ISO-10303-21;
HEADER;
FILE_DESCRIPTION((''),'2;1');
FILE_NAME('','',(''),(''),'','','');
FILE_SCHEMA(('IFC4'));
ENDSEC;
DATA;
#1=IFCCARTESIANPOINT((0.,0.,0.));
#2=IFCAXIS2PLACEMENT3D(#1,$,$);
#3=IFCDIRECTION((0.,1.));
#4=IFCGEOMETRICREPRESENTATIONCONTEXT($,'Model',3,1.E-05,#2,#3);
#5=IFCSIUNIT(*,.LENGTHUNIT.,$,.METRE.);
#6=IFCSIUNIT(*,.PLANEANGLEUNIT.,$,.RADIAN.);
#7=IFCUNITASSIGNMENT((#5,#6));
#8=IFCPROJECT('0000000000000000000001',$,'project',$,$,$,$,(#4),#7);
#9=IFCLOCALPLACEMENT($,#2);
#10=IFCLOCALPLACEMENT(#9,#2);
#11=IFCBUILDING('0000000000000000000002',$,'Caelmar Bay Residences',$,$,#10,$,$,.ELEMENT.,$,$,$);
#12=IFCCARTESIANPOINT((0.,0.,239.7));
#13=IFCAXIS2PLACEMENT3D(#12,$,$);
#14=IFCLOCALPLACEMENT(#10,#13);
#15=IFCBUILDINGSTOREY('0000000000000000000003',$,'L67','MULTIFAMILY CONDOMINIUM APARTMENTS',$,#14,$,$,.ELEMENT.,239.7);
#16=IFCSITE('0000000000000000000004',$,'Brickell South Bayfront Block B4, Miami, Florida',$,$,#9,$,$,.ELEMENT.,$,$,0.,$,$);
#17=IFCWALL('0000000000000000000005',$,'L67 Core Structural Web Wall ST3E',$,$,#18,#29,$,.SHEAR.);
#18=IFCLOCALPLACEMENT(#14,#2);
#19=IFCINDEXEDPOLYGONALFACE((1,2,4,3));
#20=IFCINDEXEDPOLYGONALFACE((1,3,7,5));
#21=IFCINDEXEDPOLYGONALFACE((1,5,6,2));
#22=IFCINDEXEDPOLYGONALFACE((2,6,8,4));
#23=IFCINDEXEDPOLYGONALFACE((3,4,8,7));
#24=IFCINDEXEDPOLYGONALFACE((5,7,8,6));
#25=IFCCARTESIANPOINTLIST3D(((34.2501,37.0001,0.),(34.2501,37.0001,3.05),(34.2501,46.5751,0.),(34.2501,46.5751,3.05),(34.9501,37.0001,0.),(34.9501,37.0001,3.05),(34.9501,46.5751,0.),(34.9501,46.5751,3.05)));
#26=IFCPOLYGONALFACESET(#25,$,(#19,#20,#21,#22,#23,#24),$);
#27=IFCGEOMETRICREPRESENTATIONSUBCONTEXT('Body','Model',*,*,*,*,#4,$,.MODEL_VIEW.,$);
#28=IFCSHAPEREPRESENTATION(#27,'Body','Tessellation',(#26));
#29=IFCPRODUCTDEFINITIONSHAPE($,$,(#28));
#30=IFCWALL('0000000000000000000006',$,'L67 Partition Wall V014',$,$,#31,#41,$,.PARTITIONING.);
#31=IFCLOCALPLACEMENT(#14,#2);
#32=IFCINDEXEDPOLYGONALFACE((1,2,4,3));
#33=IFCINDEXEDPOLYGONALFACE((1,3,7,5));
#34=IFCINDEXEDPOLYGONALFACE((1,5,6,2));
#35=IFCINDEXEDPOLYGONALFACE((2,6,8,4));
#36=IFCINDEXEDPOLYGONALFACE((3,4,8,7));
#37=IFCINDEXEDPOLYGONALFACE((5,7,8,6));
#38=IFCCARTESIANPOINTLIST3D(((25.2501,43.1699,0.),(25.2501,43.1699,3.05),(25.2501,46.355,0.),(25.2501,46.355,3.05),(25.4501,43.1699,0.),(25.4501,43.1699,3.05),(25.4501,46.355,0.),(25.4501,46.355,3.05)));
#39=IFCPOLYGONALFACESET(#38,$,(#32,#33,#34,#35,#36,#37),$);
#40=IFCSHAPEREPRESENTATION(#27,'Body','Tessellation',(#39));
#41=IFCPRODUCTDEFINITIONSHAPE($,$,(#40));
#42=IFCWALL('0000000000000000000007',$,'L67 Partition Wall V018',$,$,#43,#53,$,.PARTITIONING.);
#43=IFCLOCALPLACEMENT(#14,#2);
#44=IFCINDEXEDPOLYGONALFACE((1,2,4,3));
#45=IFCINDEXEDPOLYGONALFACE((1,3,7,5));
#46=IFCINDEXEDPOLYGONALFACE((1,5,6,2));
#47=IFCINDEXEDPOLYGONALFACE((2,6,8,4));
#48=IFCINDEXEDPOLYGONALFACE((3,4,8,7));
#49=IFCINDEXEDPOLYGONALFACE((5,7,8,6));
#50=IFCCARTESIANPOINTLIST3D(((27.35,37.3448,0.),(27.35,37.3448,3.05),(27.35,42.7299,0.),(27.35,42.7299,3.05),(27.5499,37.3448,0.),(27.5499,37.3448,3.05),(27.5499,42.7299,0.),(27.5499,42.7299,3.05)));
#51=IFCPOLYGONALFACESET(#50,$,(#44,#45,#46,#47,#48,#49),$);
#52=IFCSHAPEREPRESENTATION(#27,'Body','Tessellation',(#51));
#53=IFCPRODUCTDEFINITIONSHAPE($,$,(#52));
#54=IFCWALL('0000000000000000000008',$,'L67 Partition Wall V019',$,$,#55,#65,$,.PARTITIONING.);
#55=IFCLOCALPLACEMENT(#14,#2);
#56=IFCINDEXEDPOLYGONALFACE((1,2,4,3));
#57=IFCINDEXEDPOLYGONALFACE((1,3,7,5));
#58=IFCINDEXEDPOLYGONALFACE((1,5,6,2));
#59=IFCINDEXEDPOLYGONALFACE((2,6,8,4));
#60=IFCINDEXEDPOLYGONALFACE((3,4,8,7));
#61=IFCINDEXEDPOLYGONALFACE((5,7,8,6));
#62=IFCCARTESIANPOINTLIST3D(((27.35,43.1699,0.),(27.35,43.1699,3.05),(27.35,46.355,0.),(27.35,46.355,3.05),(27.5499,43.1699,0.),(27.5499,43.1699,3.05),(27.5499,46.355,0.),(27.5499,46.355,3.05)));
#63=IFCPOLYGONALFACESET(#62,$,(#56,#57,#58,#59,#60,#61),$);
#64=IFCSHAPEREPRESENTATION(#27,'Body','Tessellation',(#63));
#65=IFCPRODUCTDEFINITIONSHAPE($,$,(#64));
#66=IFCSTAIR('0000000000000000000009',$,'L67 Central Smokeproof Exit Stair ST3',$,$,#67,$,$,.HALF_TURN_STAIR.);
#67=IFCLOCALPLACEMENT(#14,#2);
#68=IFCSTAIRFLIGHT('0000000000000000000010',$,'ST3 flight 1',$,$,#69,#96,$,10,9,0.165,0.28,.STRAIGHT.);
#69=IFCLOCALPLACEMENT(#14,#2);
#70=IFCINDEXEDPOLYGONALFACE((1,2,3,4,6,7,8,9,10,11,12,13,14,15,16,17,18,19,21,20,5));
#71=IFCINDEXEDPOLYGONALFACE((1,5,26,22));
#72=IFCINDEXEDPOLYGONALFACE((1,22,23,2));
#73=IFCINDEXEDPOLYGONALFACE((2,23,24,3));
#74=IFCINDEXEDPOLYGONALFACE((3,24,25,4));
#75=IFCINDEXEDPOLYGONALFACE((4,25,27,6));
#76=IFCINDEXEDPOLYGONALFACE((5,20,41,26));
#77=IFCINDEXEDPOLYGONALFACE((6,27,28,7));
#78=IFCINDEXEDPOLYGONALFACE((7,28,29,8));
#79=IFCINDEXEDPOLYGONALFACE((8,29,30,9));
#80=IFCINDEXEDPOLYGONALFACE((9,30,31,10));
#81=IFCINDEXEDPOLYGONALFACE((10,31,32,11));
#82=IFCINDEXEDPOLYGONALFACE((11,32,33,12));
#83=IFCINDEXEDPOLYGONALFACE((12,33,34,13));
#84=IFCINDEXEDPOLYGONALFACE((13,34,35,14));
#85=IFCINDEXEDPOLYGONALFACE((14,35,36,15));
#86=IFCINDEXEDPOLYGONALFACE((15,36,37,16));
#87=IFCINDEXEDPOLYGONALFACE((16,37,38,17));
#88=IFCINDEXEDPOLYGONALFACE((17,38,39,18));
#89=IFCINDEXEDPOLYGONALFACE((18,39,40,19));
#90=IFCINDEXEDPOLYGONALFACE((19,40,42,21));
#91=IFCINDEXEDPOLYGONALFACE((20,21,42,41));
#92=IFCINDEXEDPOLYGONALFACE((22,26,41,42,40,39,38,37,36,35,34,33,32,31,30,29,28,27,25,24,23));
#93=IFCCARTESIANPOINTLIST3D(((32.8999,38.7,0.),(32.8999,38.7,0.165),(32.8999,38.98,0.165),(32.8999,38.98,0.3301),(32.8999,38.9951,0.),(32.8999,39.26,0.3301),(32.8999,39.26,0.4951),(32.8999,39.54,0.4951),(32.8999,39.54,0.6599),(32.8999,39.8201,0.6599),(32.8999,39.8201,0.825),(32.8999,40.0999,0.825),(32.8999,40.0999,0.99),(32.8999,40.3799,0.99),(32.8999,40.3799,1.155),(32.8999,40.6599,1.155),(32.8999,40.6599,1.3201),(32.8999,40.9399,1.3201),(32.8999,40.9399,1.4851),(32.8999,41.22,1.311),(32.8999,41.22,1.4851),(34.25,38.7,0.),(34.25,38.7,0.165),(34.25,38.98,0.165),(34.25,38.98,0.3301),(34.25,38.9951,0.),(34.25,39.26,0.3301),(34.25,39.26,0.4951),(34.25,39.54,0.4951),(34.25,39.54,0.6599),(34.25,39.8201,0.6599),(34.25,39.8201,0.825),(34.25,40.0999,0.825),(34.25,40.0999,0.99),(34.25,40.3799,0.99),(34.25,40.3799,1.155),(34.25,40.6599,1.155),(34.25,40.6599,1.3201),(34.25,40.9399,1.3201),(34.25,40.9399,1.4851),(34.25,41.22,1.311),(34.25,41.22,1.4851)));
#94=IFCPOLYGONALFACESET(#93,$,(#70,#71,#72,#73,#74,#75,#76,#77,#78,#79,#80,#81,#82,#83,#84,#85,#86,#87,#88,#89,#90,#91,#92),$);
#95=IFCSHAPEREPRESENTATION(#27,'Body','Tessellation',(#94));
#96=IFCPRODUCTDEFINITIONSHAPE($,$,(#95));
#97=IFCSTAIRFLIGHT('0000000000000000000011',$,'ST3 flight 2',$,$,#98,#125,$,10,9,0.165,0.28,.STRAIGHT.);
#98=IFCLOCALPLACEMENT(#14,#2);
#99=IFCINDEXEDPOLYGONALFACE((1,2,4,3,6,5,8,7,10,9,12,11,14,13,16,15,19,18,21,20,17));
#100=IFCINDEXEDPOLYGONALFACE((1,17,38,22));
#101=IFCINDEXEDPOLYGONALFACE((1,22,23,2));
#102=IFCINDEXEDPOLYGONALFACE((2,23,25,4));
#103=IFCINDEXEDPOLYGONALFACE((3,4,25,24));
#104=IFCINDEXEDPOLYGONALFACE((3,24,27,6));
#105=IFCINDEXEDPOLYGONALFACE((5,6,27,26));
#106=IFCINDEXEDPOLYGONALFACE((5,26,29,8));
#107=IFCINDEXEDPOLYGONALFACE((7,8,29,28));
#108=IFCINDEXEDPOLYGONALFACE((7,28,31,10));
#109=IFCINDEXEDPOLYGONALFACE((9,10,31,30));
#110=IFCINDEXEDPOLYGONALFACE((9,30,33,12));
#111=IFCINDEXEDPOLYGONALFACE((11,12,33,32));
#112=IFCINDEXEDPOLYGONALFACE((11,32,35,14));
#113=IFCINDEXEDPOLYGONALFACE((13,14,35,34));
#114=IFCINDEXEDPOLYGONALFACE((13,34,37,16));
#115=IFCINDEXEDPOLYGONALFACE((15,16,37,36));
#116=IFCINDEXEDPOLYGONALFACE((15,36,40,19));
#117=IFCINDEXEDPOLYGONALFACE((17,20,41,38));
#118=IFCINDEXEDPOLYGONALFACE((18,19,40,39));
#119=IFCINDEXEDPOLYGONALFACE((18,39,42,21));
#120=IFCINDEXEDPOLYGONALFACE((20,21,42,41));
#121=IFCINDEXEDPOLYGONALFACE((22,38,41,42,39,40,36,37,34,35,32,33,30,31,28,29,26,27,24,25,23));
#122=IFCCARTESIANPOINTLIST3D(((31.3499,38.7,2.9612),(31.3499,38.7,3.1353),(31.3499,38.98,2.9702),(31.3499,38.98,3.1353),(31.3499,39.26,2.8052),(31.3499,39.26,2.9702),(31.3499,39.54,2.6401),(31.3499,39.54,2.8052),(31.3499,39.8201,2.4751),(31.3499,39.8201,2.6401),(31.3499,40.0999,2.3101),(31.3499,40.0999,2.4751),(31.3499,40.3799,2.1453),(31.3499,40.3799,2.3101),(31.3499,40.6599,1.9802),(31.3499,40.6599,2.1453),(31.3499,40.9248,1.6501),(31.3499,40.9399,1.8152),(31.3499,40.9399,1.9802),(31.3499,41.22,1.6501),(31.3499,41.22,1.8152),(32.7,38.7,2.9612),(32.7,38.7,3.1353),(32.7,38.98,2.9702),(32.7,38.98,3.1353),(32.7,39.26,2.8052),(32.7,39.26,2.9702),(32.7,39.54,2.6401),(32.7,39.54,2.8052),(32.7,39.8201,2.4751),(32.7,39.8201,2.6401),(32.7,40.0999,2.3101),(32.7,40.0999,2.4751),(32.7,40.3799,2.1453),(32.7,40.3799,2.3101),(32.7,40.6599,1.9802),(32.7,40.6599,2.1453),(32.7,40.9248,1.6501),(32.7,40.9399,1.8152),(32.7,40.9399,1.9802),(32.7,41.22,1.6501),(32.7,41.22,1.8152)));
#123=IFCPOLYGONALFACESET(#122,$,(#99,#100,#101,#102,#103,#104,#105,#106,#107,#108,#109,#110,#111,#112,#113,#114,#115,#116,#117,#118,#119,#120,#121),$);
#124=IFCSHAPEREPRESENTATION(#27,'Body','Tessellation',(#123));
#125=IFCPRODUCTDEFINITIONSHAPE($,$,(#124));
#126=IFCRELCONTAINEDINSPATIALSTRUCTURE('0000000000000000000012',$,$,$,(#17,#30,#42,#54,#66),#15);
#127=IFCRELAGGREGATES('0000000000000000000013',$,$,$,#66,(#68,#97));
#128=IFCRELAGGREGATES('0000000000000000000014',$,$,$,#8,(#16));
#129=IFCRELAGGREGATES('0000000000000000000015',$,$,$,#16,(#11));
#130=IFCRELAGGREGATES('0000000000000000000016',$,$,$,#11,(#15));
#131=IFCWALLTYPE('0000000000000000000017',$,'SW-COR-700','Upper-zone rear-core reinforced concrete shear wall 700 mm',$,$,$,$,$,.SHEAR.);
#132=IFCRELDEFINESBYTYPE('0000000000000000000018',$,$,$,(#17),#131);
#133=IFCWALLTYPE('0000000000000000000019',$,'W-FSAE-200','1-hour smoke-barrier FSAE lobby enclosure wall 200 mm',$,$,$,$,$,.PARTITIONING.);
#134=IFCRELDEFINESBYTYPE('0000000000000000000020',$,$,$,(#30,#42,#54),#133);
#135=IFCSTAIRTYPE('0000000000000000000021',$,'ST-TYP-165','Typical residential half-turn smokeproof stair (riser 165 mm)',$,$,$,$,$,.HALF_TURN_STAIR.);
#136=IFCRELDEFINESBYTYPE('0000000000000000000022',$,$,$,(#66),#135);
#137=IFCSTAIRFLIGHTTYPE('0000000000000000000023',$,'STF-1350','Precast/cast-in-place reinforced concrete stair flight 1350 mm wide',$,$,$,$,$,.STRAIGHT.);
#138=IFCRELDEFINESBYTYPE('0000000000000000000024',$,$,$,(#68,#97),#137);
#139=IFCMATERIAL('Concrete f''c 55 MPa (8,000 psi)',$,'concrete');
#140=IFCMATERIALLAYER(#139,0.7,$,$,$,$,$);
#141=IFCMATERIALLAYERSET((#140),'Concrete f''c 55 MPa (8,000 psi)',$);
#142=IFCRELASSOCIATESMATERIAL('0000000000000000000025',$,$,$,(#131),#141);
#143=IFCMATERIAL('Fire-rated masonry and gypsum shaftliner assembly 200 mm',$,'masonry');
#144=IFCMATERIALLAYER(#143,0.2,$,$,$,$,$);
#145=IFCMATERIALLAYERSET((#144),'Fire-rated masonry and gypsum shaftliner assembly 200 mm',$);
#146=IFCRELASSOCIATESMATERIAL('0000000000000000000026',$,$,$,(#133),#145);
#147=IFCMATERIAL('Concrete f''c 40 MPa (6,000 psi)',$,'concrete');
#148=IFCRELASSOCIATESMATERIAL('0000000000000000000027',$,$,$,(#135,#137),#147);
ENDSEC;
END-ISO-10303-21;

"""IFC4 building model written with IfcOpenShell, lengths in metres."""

from ifc_helpers import new_model, si_unit, direction, frame, frame_2d, origin, place, context, subcontext, project, spatial, polyline, rectangle, outline, extrude, material, layer, layer_set, type_object, element, aggregate, save


model = new_model("IFC4")

# Units and contexts
model_context = context("Model", 3, precision=1e-05, world=origin(), true_north=direction((0.0, 1.0)))
body_context = subcontext(model_context, "Body", "Model", "MODEL_VIEW")
ifc_project = project(units=[si_unit("LENGTHUNIT", "METRE"), si_unit("PLANEANGLEUNIT", "RADIAN")], contexts=[model_context])

# Site, building, storey
site_placement = place(None, origin())
site = spatial("IfcSite", under=ifc_project, at=site_placement, Name="Brickell South Bayfront Block B4, Miami, Florida", CompositionType="ELEMENT", RefElevation=0.0)
building_placement = place(site_placement, origin())
building = spatial("IfcBuilding", under=site, at=building_placement, Name="Caelmar Bay Residences", CompositionType="ELEMENT")
storey_placement = place(building_placement, frame((0.0, 0.0, 239.7)))
storey = spatial("IfcBuildingStorey", under=building, at=storey_placement, Name="L67", Description="MULTIFAMILY CONDOMINIUM APARTMENTS", CompositionType="ELEMENT", Elevation=239.7)

# Walls
ifc_material_1 = material(Name="Concrete f'c 55 MPa (8,000 psi)", Category="concrete")
ifc_layer_1 = layer(ifc_material_1, 0.7)
ifc_layer_set_1 = layer_set([ifc_layer_1], Name="Concrete f'c 55 MPa (8,000 psi)")
wall_type_1 = type_object("IfcWallType", Name="SW-COR-700", Description="Upper-zone rear-core reinforced concrete shear wall 700 mm", PredefinedType="SHEAR", material=ifc_layer_set_1)
wall_1_placement = place(storey_placement, frame((34.6001, 37.0, 0.0), z_axis=(0.0, 0.0, 1.0), x_axis=(0.0, 1.0, 0.0)))
element("IfcWall", 1, at=wall_1_placement, inside=storey, type_object=wall_type_1, Name="L67 Core Structural Web Wall ST3E", PredefinedType="SHEAR", context=body_context, shape_type="SweptSolid", body=[
    extrude(rectangle(XDim=9.575, YDim=0.7, at=frame_2d((4.7876, 0.0))), origin(), (0.0, 0.0, 1.0), 3.05),
])
ifc_material_2 = material(Name="Fire-rated masonry and gypsum shaftliner assembly 200 mm", Category="masonry")
ifc_layer_2 = layer(ifc_material_2, 0.2)
ifc_layer_set_2 = layer_set([ifc_layer_2], Name="Fire-rated masonry and gypsum shaftliner assembly 200 mm")
wall_type_2 = type_object("IfcWallType", Name="W-FSAE-200", Description="1-hour smoke-barrier FSAE lobby enclosure wall 200 mm", PredefinedType="PARTITIONING", material=ifc_layer_set_2)
wall_2_placement = place(storey_placement, frame((25.3501, 43.1699, 0.0), z_axis=(0.0, 0.0, 1.0), x_axis=(0.0, 1.0, 0.0)))
element("IfcWall", 2, at=wall_2_placement, inside=storey, type_object=wall_type_2, Name="L67 Partition Wall V014", PredefinedType="PARTITIONING", context=body_context, shape_type="SweptSolid", body=[
    extrude(rectangle(XDim=3.1851, YDim=0.2, at=frame_2d((1.5925, 0.0))), origin(), (0.0, 0.0, 1.0), 3.05),
])
wall_3_placement = place(storey_placement, frame((27.45, 37.345, 0.0), z_axis=(0.0, 0.0, 1.0), x_axis=(0.0, 1.0, 0.0)))
element("IfcWall", 3, at=wall_3_placement, inside=storey, type_object=wall_type_2, Name="L67 Partition Wall V018", PredefinedType="PARTITIONING", context=body_context, shape_type="SweptSolid", body=[
    extrude(rectangle(XDim=5.385, YDim=0.2, at=frame_2d((2.6924, 0.0))), origin(), (0.0, 0.0, 1.0), 3.05),
])
wall_4_placement = place(storey_placement, frame((27.45, 43.1699, 0.0), z_axis=(0.0, 0.0, 1.0), x_axis=(0.0, 1.0, 0.0)))
element("IfcWall", 4, at=wall_4_placement, inside=storey, type_object=wall_type_2, Name="L67 Partition Wall V019", PredefinedType="PARTITIONING", context=body_context, shape_type="SweptSolid", body=[
    extrude(rectangle(XDim=3.1851, YDim=0.2, at=frame_2d((1.5925, 0.0))), origin(), (0.0, 0.0, 1.0), 3.05),
])

# Stair, stair flights
ifc_material_3 = material(Name="Concrete f'c 40 MPa (6,000 psi)", Category="concrete")
stair_type = type_object("IfcStairType", Name="ST-TYP-165", Description="Typical residential half-turn smokeproof stair (riser 165 mm)", PredefinedType="HALF_TURN_STAIR", material=ifc_material_3)
stair_placement = place(storey_placement, origin())
stair = element("IfcStair", 5, at=stair_placement, inside=storey, type_object=stair_type, Name="L67 Central Smokeproof Exit Stair ST3", PredefinedType="HALF_TURN_STAIR")
stair_flight_type = type_object("IfcStairFlightType", Name="STF-1350", Description="Precast/cast-in-place reinforced concrete stair flight 1350 mm wide", PredefinedType="STRAIGHT", material=ifc_material_3)
stair_flight_1_placement = place(storey_placement, frame((33.575, 38.7, 0.0), z_axis=(0.0, 0.0, 1.0), x_axis=(0.0, 1.0, 0.0)))
stair_flight_1 = element("IfcStairFlight", 6, at=stair_flight_1_placement, type_object=stair_flight_type, Name="ST3 flight 1", NumberOfRisers=10, NumberOfTreads=9, PredefinedType="STRAIGHT", RiserHeight=0.165, TreadLength=0.28, context=body_context, shape_type="SweptSolid", body=[
    extrude(outline(polyline([(0.0, 0.0), (0.0, 0.165), (0.28, 0.165), (0.28, 0.3301), (0.5601, 0.3301), (0.5601, 0.4951), (0.8401, 0.4951), (0.8401, 0.6599), (1.1201, 0.6599), (1.1201, 0.825), (1.3999, 0.825), (1.3999, 0.99), (1.6799, 0.99), (1.6799, 1.155), (1.96, 1.155), (1.96, 1.3201), (2.24, 1.3201), (2.24, 1.4851), (2.52, 1.4851), (2.52, 1.6499), (2.52, 1.311), (0.2952, 0.0), (0.0, 0.0)])), frame((0.0, 0.675, 0.0), z_axis=(0.0, -1.0, 0.0), x_axis=(1.0, 0.0, 0.0)), (0.0, 0.0, 1.0), 1.3501),
])
stair_flight_2_placement = place(storey_placement, frame((32.0249, 41.22, 1.6501), z_axis=(0.0, 0.0, 1.0), x_axis=(0.0, -1.0, 0.0)))
stair_flight_2 = element("IfcStairFlight", 7, at=stair_flight_2_placement, type_object=stair_flight_type, Name="ST3 flight 2", NumberOfRisers=10, NumberOfTreads=9, PredefinedType="STRAIGHT", RiserHeight=0.165, TreadLength=0.28, context=body_context, shape_type="SweptSolid", body=[
    extrude(outline(polyline([(0.0, 0.0), (0.0, 0.165), (0.28, 0.165), (0.28, 0.3301), (0.5601, 0.3301), (0.5601, 0.4951), (0.8401, 0.4951), (0.8401, 0.6599), (1.1201, 0.6599), (1.1201, 0.825), (1.3999, 0.825), (1.3999, 0.99), (1.6799, 0.99), (1.6799, 1.155), (1.96, 1.155), (1.96, 1.3201), (2.24, 1.3201), (2.24, 1.4851), (2.52, 1.4851), (2.52, 1.6499), (2.52, 1.311), (0.2952, 0.0), (0.0, 0.0)])), frame((0.0, 0.675, 0.0), z_axis=(0.0, -1.0, 0.0), x_axis=(1.0, 0.0, 0.0)), (0.0, 0.0, 1.0), 1.3501),
])
aggregate(stair, [stair_flight_1, stair_flight_2])

save(model, "model.ifc")
